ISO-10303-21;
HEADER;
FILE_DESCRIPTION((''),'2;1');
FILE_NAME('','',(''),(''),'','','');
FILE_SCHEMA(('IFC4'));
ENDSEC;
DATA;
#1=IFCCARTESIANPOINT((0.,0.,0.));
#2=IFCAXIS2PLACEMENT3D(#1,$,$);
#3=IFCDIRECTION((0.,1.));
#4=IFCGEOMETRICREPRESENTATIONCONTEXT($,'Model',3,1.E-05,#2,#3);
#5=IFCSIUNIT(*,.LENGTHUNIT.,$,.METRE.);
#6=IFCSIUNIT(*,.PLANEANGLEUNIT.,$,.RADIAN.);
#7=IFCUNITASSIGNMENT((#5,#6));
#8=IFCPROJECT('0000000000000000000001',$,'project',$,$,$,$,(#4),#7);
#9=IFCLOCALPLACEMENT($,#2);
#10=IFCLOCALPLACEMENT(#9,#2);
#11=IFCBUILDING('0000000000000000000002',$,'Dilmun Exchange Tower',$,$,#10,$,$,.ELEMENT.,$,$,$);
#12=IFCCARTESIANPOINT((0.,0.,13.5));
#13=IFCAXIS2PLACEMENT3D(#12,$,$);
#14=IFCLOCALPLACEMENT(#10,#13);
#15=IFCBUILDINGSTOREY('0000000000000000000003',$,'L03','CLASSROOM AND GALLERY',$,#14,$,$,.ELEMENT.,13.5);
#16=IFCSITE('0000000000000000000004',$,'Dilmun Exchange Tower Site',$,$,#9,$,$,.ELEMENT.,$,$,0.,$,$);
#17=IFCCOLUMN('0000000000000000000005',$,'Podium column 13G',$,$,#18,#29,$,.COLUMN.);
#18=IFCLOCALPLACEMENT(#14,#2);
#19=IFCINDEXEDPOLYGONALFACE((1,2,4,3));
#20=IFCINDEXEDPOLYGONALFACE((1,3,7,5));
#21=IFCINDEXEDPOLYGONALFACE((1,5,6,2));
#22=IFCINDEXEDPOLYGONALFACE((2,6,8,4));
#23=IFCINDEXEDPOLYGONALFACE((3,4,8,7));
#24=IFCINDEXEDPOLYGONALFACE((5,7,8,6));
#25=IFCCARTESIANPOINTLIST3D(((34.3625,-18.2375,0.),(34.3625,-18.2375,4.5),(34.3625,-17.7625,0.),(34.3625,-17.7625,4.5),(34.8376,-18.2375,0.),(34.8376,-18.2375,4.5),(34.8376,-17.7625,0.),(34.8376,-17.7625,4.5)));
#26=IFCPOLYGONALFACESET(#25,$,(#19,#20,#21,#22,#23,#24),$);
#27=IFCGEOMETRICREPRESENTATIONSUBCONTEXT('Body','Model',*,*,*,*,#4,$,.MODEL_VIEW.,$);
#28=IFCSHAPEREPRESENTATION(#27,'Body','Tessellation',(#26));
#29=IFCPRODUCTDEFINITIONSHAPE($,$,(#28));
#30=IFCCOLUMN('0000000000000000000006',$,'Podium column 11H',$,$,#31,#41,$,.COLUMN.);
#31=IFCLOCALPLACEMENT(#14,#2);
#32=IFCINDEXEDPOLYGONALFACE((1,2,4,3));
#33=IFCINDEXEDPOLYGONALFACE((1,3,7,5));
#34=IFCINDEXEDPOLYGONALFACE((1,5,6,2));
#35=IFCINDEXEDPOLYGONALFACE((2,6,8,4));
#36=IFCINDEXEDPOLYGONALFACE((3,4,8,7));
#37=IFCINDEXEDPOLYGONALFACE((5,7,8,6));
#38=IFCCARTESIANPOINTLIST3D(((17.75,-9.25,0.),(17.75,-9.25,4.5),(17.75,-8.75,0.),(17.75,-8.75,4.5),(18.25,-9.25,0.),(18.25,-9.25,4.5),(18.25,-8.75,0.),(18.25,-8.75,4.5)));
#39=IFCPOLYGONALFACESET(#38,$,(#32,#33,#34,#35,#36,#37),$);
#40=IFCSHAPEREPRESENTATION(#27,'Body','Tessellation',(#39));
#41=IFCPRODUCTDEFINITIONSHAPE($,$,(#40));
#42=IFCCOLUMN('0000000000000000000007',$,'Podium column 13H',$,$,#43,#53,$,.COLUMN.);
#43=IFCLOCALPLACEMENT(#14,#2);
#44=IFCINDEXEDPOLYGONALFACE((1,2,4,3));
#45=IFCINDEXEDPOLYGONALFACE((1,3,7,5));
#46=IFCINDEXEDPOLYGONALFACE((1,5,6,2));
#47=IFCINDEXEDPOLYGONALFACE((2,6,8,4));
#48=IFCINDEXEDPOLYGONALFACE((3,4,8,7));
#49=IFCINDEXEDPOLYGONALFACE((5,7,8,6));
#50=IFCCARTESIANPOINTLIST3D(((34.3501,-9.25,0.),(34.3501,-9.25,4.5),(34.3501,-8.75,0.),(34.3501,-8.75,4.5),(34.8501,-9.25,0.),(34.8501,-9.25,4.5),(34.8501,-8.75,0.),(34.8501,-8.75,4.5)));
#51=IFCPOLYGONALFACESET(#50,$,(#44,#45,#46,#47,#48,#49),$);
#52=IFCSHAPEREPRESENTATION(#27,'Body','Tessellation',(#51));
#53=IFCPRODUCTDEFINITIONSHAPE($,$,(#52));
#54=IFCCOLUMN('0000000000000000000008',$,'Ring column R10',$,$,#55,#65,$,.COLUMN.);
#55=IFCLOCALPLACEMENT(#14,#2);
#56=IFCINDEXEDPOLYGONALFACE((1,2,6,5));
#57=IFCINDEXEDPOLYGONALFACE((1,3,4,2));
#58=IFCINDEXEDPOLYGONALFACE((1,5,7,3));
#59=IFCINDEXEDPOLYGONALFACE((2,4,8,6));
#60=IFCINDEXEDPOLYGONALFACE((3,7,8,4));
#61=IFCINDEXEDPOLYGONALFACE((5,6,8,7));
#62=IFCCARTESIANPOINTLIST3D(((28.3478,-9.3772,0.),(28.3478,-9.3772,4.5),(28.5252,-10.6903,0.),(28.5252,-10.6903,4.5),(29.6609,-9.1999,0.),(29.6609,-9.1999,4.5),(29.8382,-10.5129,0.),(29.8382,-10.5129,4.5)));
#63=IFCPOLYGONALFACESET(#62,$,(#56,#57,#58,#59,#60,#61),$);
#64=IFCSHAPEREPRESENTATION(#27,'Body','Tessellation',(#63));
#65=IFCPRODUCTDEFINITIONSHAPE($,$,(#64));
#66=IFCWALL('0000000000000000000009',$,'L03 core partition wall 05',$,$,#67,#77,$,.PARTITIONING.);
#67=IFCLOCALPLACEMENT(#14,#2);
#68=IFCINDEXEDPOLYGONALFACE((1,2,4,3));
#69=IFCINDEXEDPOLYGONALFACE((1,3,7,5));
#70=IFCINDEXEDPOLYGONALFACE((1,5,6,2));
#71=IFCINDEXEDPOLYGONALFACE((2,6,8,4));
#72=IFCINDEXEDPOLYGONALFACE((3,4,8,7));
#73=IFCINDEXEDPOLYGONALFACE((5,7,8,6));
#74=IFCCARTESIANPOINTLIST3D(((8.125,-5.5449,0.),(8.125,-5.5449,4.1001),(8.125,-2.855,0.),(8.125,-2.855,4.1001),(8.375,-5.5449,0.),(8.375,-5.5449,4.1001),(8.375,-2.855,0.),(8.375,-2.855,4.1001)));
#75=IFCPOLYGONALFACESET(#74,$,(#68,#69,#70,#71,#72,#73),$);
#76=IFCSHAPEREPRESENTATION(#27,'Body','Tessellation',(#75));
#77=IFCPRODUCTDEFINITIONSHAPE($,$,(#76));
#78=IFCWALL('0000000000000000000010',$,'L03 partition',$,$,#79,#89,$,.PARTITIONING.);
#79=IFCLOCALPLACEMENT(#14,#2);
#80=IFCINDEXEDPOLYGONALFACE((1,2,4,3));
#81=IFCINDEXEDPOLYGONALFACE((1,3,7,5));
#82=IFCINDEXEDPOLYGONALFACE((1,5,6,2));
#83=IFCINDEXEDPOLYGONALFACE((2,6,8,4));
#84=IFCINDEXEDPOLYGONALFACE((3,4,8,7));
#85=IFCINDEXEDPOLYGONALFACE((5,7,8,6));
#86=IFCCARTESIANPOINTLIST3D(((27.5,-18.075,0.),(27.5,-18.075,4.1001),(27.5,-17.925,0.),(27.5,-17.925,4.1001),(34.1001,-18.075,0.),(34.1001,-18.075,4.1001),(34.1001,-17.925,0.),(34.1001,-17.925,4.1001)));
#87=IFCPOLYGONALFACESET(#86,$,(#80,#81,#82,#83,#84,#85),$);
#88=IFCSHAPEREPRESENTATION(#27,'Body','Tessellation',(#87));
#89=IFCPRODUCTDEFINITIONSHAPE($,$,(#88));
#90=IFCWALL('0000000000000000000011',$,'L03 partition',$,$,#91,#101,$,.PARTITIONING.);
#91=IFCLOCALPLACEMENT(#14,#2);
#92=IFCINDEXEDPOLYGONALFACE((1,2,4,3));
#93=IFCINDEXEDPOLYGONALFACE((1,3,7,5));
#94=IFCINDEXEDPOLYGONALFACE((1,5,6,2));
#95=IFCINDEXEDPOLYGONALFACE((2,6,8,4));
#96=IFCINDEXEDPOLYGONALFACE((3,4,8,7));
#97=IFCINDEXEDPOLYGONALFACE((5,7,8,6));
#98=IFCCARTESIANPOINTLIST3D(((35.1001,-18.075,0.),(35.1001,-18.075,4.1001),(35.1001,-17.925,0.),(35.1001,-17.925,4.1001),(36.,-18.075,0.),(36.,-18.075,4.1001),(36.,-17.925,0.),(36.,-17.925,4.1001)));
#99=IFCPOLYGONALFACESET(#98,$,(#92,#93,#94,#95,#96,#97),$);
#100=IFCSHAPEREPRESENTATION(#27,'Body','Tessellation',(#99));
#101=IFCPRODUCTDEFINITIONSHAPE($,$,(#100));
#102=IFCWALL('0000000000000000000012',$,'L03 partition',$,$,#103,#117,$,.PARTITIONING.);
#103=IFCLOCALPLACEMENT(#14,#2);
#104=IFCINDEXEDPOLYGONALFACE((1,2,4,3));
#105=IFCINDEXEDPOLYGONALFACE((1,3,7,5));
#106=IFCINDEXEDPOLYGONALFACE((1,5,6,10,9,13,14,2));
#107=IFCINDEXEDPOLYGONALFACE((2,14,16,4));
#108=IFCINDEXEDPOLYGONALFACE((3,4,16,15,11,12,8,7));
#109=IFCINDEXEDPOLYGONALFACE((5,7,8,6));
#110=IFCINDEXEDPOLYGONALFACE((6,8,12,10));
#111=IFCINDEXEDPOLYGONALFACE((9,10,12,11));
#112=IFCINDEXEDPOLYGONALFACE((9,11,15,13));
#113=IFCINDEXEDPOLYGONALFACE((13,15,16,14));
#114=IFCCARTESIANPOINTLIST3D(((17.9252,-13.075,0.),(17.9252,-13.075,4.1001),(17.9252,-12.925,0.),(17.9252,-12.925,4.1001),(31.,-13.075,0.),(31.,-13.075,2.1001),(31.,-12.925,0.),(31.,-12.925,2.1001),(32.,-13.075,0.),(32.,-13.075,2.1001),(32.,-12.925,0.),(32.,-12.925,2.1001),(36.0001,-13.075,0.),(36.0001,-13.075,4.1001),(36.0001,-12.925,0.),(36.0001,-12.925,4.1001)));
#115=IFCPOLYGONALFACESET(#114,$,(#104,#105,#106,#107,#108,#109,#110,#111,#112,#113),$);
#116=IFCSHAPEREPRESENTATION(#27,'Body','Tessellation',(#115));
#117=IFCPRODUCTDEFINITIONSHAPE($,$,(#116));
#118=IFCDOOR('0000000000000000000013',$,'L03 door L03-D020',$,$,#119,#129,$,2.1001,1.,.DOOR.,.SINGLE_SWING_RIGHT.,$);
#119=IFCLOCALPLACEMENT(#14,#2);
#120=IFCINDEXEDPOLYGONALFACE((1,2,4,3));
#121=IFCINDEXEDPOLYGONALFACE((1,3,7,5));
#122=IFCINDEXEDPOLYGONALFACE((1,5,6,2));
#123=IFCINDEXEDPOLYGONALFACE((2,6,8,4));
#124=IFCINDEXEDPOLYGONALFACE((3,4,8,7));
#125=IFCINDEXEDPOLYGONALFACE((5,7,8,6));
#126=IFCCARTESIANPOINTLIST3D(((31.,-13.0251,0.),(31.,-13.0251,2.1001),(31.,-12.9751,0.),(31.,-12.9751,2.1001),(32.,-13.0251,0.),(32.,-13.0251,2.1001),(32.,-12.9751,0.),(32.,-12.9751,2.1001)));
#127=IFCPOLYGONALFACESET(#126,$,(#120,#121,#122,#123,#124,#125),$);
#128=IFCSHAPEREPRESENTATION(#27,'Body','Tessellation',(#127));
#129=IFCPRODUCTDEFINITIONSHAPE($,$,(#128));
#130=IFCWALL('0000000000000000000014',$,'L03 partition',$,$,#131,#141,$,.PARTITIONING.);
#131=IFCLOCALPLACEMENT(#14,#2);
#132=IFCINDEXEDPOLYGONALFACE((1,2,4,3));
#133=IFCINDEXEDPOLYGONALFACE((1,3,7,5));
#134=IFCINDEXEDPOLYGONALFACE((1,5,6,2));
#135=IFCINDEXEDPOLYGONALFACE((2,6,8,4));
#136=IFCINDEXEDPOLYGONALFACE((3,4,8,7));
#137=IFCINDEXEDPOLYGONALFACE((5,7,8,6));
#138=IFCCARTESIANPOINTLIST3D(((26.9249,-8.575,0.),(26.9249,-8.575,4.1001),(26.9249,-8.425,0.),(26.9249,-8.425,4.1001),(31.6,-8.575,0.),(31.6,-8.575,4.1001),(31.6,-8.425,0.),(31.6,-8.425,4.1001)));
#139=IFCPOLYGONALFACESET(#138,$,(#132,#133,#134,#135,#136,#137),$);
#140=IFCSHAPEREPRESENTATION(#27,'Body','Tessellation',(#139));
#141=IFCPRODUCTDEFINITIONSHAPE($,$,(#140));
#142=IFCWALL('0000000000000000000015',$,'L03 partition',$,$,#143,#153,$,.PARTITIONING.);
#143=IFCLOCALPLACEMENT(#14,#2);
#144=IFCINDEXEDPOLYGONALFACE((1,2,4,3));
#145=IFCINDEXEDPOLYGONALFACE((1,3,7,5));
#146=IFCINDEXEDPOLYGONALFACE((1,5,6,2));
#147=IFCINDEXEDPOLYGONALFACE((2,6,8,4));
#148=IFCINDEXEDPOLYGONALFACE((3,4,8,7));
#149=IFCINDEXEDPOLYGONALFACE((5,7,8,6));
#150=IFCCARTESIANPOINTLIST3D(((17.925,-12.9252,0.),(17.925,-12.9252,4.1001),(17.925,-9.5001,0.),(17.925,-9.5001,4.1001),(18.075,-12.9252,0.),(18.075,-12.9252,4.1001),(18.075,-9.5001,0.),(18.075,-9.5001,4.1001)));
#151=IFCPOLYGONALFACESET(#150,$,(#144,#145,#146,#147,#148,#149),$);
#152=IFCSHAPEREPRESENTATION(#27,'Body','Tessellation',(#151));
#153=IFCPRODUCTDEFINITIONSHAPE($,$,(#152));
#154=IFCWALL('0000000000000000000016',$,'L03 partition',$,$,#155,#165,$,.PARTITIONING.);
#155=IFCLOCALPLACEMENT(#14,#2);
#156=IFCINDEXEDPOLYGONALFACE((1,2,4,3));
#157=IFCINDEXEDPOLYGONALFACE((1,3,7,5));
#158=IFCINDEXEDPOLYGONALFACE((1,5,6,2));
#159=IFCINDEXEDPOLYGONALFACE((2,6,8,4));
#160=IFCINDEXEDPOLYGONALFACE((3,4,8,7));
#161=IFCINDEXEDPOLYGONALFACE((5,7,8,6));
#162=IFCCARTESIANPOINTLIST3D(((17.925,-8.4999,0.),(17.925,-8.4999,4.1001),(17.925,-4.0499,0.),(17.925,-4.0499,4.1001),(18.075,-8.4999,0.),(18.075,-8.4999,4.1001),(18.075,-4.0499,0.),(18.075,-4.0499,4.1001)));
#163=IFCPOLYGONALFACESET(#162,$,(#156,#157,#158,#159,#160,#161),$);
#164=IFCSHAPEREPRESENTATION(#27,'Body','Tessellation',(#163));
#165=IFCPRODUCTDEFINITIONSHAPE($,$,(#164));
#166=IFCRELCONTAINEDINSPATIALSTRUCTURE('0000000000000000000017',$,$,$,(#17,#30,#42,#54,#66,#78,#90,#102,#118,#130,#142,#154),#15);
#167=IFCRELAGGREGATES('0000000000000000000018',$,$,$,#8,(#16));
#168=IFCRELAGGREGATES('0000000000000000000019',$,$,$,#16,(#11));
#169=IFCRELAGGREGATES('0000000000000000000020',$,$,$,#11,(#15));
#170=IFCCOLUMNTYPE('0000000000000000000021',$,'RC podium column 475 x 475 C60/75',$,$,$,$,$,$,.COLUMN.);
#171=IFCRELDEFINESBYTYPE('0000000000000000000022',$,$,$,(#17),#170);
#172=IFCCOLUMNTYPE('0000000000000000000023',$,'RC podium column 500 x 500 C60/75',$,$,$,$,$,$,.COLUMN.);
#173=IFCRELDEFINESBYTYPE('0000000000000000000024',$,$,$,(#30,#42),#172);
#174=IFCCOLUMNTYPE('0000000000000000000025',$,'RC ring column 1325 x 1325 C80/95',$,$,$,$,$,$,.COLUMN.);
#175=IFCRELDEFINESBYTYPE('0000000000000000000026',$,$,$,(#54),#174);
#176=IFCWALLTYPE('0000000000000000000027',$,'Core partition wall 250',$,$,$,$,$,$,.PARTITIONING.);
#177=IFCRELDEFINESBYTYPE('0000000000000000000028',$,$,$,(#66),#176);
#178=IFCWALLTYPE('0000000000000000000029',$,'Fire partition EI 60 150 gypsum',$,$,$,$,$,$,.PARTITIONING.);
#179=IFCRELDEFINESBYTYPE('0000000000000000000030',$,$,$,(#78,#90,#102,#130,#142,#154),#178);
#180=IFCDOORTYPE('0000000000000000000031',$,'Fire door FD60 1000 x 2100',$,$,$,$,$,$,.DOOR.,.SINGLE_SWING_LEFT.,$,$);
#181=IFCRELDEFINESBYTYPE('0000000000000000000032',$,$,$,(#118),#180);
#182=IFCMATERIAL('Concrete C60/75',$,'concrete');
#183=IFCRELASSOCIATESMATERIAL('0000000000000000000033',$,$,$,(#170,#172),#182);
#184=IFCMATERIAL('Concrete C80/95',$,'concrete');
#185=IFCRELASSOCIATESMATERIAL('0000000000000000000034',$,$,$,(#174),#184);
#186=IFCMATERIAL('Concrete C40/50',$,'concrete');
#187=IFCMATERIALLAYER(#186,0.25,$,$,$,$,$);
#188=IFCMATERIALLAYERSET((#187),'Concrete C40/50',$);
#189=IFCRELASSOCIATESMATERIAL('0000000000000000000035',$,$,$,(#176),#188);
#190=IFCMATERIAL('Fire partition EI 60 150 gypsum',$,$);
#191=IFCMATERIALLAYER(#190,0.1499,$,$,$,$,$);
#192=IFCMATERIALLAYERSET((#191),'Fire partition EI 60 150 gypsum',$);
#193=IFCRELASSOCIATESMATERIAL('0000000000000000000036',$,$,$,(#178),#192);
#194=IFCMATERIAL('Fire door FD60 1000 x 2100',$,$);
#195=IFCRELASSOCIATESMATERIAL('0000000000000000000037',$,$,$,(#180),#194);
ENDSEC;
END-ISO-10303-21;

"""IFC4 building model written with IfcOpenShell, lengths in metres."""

from ifc_helpers import new_model, si_unit, direction, frame, frame_2d, origin, origin_2d, place, context, subcontext, project, spatial, rectangle, extrude, material, layer, layer_set, material_profile, profile_set, type_object, element, fill, save


model = new_model("IFC4")

# Units and contexts
model_context = context("Model", 3, precision=1e-05, world=origin(), true_north=direction((0.0, 1.0)))
body_context = subcontext(model_context, "Body", "Model", "MODEL_VIEW")
ifc_project = project(units=[si_unit("LENGTHUNIT", "METRE"), si_unit("PLANEANGLEUNIT", "RADIAN")], contexts=[model_context])

# Site, building, storey
site_placement = place(None, origin())
site = spatial("IfcSite", under=ifc_project, at=site_placement, Name="Dilmun Exchange Tower Site", CompositionType="ELEMENT", RefElevation=0.0)
building_placement = place(site_placement, origin())
building = spatial("IfcBuilding", under=site, at=building_placement, Name="Dilmun Exchange Tower", CompositionType="ELEMENT")
storey_placement = place(building_placement, frame((0.0, 0.0, 13.5)))
storey = spatial("IfcBuildingStorey", under=building, at=storey_placement, Name="L03", Description="CLASSROOM AND GALLERY", CompositionType="ELEMENT", Elevation=13.5)

# Columns
ifc_material_1 = material(Name="Concrete C60/75", Category="concrete")
ifc_material_profile_1 = material_profile(ifc_material_1, rectangle(XDim=0.4751, YDim=0.4751, at=origin_2d()), Name="475 x 475")
ifc_profile_set_1 = profile_set([ifc_material_profile_1], Name="Concrete C60/75")
column_type_1 = type_object("IfcColumnType", Name="RC podium column 475 x 475 C60/75", PredefinedType="COLUMN", material=ifc_profile_set_1)
column_1_placement = place(storey_placement, frame((34.6001, -18.0, 0.0), z_axis=(0.0, 0.0, 1.0), x_axis=(1.0, 0.0, 0.0)))
element("IfcColumn", 1, at=column_1_placement, inside=storey, type_object=column_type_1, Name="Podium column 13G", PredefinedType="COLUMN", context=body_context, shape_type="SweptSolid", body=[
    extrude(rectangle(XDim=0.4751, YDim=0.4751, at=origin_2d()), origin(), (0.0, 0.0, 1.0), 4.5),
])
ifc_material_profile_2 = material_profile(ifc_material_1, rectangle(XDim=0.5, YDim=0.5, at=origin_2d()), Name="500 x 500")
ifc_profile_set_2 = profile_set([ifc_material_profile_2], Name="Concrete C60/75")
column_type_2 = type_object("IfcColumnType", Name="RC podium column 500 x 500 C60/75", PredefinedType="COLUMN", material=ifc_profile_set_2)
for number, where, z_axis, x_axis, name in (
    (2, (18.0, -9.0, 0.0), (0.0, 0.0, 1.0), (1.0, 0.0, 0.0), "Podium column 11H"),
    (3, (34.6001, -9.0, 0.0), (0.0, 0.0, 1.0), (1.0, 0.0, 0.0), "Podium column 13H"),
):
    element("IfcColumn", number, at=place(storey_placement, frame(where, z_axis=z_axis, x_axis=x_axis)), inside=storey, type_object=column_type_2, Name=name, PredefinedType="COLUMN", context=body_context, shape_type="SweptSolid", body=[
        extrude(rectangle(XDim=0.5, YDim=0.5, at=origin_2d()), origin(), (0.0, 0.0, 1.0), 4.5),
    ])
ifc_material_2 = material(Name="Concrete C80/95", Category="concrete")
ifc_material_profile_3 = material_profile(ifc_material_2, rectangle(XDim=1.325, YDim=1.325, at=origin_2d()), Name="1325 x 1325")
ifc_profile_set_3 = profile_set([ifc_material_profile_3], Name="Concrete C80/95")
column_type_3 = type_object("IfcColumnType", Name="RC ring column 1325 x 1325 C80/95", PredefinedType="COLUMN", material=ifc_profile_set_3)
column_2_placement = place(storey_placement, frame((29.093, -9.9451, 0.0), z_axis=(0.0, 0.0, 1.0), x_axis=(0.991001, 0.133853, 0.0)))
element("IfcColumn", 4, at=column_2_placement, inside=storey, type_object=column_type_3, Name="Ring column R10", PredefinedType="COLUMN", context=body_context, shape_type="SweptSolid", body=[
    extrude(rectangle(XDim=1.325, YDim=1.325, at=origin_2d()), origin(), (0.0, 0.0, 1.0), 4.5),
])

# Wall
ifc_material_3 = material(Name="Concrete C40/50", Category="concrete")
ifc_layer_1 = layer(ifc_material_3, 0.25)
ifc_layer_set_1 = layer_set([ifc_layer_1], Name="Concrete C40/50")
wall_type_1 = type_object("IfcWallType", Name="Core partition wall 250", PredefinedType="PARTITIONING", material=ifc_layer_set_1)
wall_1_placement = place(storey_placement, frame((8.25, -5.5449, 0.0), z_axis=(0.0, 0.0, 1.0), x_axis=(0.0, 1.0, 0.0)))
element("IfcWall", 5, at=wall_1_placement, inside=storey, type_object=wall_type_1, Name="L03 core partition wall 05", PredefinedType="PARTITIONING", context=body_context, shape_type="SweptSolid", body=[
    extrude(rectangle(XDim=2.6899, YDim=0.25, at=frame_2d((1.345, 0.0))), origin(), (0.0, 0.0, 1.0), 4.1001),
])

# Walls
ifc_material_4 = material(Name="Fire partition EI 60 150 gypsum")
ifc_layer_2 = layer(ifc_material_4, 0.1499)
ifc_layer_set_2 = layer_set([ifc_layer_2], Name="Fire partition EI 60 150 gypsum")
wall_type_2 = type_object("IfcWallType", Name="Fire partition EI 60 150 gypsum", PredefinedType="PARTITIONING", material=ifc_layer_set_2)
wall_2_placement = place(storey_placement, frame((27.5, -18.0, 0.0), z_axis=(0.0, 0.0, 1.0), x_axis=(1.0, 0.0, 0.0)))
element("IfcWall", 6, at=wall_2_placement, inside=storey, type_object=wall_type_2, Name="L03 partition", PredefinedType="PARTITIONING", context=body_context, shape_type="SweptSolid", body=[
    extrude(rectangle(XDim=6.6001, YDim=0.1499, at=frame_2d((3.3, 0.0))), origin(), (0.0, 0.0, 1.0), 4.1001),
])
wall_3_placement = place(storey_placement, frame((35.1001, -18.0, 0.0), z_axis=(0.0, 0.0, 1.0), x_axis=(1.0, 0.0, 0.0)))
element("IfcWall", 7, at=wall_3_placement, inside=storey, type_object=wall_type_2, Name="L03 partition", PredefinedType="PARTITIONING", context=body_context, shape_type="SweptSolid", body=[
    extrude(rectangle(XDim=0.8999, YDim=0.1499, at=frame_2d((0.45, 0.0))), origin(), (0.0, 0.0, 1.0), 4.1001),
])

# Wall, opening, door
wall_4_placement = place(storey_placement, frame((17.925, -13.0, 0.0), z_axis=(0.0, 0.0, 1.0), x_axis=(1.0, 0.0, 0.0)))
wall_4 = element("IfcWall", 8, at=wall_4_placement, inside=storey, type_object=wall_type_2, Name="L03 partition", PredefinedType="PARTITIONING", context=body_context, shape_type="SweptSolid", body=[
    extrude(rectangle(XDim=18.075, YDim=0.1499, at=frame_2d((9.0376, 0.0))), origin(), (0.0, 0.0, 1.0), 4.1001),
])
opening_1_placement = place(wall_4_placement, frame((13.075, 0.0, 0.0)))
opening_1 = element("IfcOpeningElement", 9, at=opening_1_placement, cuts=wall_4, PredefinedType="OPENING", context=body_context, shape_type="SweptSolid", body=[
    extrude(rectangle(XDim=1.0, YDim=2.1001, at=frame_2d((0.5, 1.05))), frame((0.0, 0.085, 0.0), z_axis=(0.0, -1.0, 0.0), x_axis=(1.0, 0.0, 0.0)), (0.0, 0.0, 1.0), 0.1699),
])
ifc_material_5 = material(Name="Fire door FD60 1000 x 2100")
door_type_1 = type_object("IfcDoorType", Name="Fire door FD60 1000 x 2100", OperationType="SINGLE_SWING_LEFT", PredefinedType="DOOR", material=ifc_material_5)
door_1_placement = place(opening_1_placement, origin())
door_1 = element("IfcDoor", 10, at=door_1_placement, inside=storey, type_object=door_type_1, Name="L03 door L03-D020", OperationType="SINGLE_SWING_RIGHT", OverallHeight=2.1001, OverallWidth=1.0, PredefinedType="DOOR", context=body_context, shape_type="SweptSolid", body=[
    extrude(rectangle(XDim=1.0, YDim=2.1001, at=frame_2d((0.5, 1.05))), frame((0.0, 0.0249, 0.0), z_axis=(0.0, -1.0, 0.0), x_axis=(1.0, 0.0, 0.0)), (0.0, 0.0, 1.0), 0.05),
])
fill(opening_1, door_1)

# Walls
wall_5_placement = place(storey_placement, frame((26.925, -8.5, 0.0), z_axis=(0.0, 0.0, 1.0), x_axis=(1.0, 0.0, 0.0)))
element("IfcWall", 11, at=wall_5_placement, inside=storey, type_object=wall_type_2, Name="L03 partition", PredefinedType="PARTITIONING", context=body_context, shape_type="SweptSolid", body=[
    extrude(rectangle(XDim=4.675, YDim=0.1499, at=frame_2d((2.3374, 0.0))), origin(), (0.0, 0.0, 1.0), 4.1001),
])
wall_6_placement = place(storey_placement, frame((18.0, -12.925, 0.0), z_axis=(0.0, 0.0, 1.0), x_axis=(0.0, 1.0, 0.0)))
element("IfcWall", 12, at=wall_6_placement, inside=storey, type_object=wall_type_2, Name="L03 partition", PredefinedType="PARTITIONING", context=body_context, shape_type="SweptSolid", body=[
    extrude(rectangle(XDim=3.425, YDim=0.1499, at=frame_2d((1.7124, 0.0))), origin(), (0.0, 0.0, 1.0), 4.1001),
])
wall_7_placement = place(storey_placement, frame((18.0, -8.5, 0.0), z_axis=(0.0, 0.0, 1.0), x_axis=(0.0, 1.0, 0.0)))
element("IfcWall", 13, at=wall_7_placement, inside=storey, type_object=wall_type_2, Name="L03 partition", PredefinedType="PARTITIONING", context=body_context, shape_type="SweptSolid", body=[
    extrude(rectangle(XDim=4.45, YDim=0.1499, at=frame_2d((2.2251, 0.0))), origin(), (0.0, 0.0, 1.0), 4.1001),
])

save(model, "model.ifc")
